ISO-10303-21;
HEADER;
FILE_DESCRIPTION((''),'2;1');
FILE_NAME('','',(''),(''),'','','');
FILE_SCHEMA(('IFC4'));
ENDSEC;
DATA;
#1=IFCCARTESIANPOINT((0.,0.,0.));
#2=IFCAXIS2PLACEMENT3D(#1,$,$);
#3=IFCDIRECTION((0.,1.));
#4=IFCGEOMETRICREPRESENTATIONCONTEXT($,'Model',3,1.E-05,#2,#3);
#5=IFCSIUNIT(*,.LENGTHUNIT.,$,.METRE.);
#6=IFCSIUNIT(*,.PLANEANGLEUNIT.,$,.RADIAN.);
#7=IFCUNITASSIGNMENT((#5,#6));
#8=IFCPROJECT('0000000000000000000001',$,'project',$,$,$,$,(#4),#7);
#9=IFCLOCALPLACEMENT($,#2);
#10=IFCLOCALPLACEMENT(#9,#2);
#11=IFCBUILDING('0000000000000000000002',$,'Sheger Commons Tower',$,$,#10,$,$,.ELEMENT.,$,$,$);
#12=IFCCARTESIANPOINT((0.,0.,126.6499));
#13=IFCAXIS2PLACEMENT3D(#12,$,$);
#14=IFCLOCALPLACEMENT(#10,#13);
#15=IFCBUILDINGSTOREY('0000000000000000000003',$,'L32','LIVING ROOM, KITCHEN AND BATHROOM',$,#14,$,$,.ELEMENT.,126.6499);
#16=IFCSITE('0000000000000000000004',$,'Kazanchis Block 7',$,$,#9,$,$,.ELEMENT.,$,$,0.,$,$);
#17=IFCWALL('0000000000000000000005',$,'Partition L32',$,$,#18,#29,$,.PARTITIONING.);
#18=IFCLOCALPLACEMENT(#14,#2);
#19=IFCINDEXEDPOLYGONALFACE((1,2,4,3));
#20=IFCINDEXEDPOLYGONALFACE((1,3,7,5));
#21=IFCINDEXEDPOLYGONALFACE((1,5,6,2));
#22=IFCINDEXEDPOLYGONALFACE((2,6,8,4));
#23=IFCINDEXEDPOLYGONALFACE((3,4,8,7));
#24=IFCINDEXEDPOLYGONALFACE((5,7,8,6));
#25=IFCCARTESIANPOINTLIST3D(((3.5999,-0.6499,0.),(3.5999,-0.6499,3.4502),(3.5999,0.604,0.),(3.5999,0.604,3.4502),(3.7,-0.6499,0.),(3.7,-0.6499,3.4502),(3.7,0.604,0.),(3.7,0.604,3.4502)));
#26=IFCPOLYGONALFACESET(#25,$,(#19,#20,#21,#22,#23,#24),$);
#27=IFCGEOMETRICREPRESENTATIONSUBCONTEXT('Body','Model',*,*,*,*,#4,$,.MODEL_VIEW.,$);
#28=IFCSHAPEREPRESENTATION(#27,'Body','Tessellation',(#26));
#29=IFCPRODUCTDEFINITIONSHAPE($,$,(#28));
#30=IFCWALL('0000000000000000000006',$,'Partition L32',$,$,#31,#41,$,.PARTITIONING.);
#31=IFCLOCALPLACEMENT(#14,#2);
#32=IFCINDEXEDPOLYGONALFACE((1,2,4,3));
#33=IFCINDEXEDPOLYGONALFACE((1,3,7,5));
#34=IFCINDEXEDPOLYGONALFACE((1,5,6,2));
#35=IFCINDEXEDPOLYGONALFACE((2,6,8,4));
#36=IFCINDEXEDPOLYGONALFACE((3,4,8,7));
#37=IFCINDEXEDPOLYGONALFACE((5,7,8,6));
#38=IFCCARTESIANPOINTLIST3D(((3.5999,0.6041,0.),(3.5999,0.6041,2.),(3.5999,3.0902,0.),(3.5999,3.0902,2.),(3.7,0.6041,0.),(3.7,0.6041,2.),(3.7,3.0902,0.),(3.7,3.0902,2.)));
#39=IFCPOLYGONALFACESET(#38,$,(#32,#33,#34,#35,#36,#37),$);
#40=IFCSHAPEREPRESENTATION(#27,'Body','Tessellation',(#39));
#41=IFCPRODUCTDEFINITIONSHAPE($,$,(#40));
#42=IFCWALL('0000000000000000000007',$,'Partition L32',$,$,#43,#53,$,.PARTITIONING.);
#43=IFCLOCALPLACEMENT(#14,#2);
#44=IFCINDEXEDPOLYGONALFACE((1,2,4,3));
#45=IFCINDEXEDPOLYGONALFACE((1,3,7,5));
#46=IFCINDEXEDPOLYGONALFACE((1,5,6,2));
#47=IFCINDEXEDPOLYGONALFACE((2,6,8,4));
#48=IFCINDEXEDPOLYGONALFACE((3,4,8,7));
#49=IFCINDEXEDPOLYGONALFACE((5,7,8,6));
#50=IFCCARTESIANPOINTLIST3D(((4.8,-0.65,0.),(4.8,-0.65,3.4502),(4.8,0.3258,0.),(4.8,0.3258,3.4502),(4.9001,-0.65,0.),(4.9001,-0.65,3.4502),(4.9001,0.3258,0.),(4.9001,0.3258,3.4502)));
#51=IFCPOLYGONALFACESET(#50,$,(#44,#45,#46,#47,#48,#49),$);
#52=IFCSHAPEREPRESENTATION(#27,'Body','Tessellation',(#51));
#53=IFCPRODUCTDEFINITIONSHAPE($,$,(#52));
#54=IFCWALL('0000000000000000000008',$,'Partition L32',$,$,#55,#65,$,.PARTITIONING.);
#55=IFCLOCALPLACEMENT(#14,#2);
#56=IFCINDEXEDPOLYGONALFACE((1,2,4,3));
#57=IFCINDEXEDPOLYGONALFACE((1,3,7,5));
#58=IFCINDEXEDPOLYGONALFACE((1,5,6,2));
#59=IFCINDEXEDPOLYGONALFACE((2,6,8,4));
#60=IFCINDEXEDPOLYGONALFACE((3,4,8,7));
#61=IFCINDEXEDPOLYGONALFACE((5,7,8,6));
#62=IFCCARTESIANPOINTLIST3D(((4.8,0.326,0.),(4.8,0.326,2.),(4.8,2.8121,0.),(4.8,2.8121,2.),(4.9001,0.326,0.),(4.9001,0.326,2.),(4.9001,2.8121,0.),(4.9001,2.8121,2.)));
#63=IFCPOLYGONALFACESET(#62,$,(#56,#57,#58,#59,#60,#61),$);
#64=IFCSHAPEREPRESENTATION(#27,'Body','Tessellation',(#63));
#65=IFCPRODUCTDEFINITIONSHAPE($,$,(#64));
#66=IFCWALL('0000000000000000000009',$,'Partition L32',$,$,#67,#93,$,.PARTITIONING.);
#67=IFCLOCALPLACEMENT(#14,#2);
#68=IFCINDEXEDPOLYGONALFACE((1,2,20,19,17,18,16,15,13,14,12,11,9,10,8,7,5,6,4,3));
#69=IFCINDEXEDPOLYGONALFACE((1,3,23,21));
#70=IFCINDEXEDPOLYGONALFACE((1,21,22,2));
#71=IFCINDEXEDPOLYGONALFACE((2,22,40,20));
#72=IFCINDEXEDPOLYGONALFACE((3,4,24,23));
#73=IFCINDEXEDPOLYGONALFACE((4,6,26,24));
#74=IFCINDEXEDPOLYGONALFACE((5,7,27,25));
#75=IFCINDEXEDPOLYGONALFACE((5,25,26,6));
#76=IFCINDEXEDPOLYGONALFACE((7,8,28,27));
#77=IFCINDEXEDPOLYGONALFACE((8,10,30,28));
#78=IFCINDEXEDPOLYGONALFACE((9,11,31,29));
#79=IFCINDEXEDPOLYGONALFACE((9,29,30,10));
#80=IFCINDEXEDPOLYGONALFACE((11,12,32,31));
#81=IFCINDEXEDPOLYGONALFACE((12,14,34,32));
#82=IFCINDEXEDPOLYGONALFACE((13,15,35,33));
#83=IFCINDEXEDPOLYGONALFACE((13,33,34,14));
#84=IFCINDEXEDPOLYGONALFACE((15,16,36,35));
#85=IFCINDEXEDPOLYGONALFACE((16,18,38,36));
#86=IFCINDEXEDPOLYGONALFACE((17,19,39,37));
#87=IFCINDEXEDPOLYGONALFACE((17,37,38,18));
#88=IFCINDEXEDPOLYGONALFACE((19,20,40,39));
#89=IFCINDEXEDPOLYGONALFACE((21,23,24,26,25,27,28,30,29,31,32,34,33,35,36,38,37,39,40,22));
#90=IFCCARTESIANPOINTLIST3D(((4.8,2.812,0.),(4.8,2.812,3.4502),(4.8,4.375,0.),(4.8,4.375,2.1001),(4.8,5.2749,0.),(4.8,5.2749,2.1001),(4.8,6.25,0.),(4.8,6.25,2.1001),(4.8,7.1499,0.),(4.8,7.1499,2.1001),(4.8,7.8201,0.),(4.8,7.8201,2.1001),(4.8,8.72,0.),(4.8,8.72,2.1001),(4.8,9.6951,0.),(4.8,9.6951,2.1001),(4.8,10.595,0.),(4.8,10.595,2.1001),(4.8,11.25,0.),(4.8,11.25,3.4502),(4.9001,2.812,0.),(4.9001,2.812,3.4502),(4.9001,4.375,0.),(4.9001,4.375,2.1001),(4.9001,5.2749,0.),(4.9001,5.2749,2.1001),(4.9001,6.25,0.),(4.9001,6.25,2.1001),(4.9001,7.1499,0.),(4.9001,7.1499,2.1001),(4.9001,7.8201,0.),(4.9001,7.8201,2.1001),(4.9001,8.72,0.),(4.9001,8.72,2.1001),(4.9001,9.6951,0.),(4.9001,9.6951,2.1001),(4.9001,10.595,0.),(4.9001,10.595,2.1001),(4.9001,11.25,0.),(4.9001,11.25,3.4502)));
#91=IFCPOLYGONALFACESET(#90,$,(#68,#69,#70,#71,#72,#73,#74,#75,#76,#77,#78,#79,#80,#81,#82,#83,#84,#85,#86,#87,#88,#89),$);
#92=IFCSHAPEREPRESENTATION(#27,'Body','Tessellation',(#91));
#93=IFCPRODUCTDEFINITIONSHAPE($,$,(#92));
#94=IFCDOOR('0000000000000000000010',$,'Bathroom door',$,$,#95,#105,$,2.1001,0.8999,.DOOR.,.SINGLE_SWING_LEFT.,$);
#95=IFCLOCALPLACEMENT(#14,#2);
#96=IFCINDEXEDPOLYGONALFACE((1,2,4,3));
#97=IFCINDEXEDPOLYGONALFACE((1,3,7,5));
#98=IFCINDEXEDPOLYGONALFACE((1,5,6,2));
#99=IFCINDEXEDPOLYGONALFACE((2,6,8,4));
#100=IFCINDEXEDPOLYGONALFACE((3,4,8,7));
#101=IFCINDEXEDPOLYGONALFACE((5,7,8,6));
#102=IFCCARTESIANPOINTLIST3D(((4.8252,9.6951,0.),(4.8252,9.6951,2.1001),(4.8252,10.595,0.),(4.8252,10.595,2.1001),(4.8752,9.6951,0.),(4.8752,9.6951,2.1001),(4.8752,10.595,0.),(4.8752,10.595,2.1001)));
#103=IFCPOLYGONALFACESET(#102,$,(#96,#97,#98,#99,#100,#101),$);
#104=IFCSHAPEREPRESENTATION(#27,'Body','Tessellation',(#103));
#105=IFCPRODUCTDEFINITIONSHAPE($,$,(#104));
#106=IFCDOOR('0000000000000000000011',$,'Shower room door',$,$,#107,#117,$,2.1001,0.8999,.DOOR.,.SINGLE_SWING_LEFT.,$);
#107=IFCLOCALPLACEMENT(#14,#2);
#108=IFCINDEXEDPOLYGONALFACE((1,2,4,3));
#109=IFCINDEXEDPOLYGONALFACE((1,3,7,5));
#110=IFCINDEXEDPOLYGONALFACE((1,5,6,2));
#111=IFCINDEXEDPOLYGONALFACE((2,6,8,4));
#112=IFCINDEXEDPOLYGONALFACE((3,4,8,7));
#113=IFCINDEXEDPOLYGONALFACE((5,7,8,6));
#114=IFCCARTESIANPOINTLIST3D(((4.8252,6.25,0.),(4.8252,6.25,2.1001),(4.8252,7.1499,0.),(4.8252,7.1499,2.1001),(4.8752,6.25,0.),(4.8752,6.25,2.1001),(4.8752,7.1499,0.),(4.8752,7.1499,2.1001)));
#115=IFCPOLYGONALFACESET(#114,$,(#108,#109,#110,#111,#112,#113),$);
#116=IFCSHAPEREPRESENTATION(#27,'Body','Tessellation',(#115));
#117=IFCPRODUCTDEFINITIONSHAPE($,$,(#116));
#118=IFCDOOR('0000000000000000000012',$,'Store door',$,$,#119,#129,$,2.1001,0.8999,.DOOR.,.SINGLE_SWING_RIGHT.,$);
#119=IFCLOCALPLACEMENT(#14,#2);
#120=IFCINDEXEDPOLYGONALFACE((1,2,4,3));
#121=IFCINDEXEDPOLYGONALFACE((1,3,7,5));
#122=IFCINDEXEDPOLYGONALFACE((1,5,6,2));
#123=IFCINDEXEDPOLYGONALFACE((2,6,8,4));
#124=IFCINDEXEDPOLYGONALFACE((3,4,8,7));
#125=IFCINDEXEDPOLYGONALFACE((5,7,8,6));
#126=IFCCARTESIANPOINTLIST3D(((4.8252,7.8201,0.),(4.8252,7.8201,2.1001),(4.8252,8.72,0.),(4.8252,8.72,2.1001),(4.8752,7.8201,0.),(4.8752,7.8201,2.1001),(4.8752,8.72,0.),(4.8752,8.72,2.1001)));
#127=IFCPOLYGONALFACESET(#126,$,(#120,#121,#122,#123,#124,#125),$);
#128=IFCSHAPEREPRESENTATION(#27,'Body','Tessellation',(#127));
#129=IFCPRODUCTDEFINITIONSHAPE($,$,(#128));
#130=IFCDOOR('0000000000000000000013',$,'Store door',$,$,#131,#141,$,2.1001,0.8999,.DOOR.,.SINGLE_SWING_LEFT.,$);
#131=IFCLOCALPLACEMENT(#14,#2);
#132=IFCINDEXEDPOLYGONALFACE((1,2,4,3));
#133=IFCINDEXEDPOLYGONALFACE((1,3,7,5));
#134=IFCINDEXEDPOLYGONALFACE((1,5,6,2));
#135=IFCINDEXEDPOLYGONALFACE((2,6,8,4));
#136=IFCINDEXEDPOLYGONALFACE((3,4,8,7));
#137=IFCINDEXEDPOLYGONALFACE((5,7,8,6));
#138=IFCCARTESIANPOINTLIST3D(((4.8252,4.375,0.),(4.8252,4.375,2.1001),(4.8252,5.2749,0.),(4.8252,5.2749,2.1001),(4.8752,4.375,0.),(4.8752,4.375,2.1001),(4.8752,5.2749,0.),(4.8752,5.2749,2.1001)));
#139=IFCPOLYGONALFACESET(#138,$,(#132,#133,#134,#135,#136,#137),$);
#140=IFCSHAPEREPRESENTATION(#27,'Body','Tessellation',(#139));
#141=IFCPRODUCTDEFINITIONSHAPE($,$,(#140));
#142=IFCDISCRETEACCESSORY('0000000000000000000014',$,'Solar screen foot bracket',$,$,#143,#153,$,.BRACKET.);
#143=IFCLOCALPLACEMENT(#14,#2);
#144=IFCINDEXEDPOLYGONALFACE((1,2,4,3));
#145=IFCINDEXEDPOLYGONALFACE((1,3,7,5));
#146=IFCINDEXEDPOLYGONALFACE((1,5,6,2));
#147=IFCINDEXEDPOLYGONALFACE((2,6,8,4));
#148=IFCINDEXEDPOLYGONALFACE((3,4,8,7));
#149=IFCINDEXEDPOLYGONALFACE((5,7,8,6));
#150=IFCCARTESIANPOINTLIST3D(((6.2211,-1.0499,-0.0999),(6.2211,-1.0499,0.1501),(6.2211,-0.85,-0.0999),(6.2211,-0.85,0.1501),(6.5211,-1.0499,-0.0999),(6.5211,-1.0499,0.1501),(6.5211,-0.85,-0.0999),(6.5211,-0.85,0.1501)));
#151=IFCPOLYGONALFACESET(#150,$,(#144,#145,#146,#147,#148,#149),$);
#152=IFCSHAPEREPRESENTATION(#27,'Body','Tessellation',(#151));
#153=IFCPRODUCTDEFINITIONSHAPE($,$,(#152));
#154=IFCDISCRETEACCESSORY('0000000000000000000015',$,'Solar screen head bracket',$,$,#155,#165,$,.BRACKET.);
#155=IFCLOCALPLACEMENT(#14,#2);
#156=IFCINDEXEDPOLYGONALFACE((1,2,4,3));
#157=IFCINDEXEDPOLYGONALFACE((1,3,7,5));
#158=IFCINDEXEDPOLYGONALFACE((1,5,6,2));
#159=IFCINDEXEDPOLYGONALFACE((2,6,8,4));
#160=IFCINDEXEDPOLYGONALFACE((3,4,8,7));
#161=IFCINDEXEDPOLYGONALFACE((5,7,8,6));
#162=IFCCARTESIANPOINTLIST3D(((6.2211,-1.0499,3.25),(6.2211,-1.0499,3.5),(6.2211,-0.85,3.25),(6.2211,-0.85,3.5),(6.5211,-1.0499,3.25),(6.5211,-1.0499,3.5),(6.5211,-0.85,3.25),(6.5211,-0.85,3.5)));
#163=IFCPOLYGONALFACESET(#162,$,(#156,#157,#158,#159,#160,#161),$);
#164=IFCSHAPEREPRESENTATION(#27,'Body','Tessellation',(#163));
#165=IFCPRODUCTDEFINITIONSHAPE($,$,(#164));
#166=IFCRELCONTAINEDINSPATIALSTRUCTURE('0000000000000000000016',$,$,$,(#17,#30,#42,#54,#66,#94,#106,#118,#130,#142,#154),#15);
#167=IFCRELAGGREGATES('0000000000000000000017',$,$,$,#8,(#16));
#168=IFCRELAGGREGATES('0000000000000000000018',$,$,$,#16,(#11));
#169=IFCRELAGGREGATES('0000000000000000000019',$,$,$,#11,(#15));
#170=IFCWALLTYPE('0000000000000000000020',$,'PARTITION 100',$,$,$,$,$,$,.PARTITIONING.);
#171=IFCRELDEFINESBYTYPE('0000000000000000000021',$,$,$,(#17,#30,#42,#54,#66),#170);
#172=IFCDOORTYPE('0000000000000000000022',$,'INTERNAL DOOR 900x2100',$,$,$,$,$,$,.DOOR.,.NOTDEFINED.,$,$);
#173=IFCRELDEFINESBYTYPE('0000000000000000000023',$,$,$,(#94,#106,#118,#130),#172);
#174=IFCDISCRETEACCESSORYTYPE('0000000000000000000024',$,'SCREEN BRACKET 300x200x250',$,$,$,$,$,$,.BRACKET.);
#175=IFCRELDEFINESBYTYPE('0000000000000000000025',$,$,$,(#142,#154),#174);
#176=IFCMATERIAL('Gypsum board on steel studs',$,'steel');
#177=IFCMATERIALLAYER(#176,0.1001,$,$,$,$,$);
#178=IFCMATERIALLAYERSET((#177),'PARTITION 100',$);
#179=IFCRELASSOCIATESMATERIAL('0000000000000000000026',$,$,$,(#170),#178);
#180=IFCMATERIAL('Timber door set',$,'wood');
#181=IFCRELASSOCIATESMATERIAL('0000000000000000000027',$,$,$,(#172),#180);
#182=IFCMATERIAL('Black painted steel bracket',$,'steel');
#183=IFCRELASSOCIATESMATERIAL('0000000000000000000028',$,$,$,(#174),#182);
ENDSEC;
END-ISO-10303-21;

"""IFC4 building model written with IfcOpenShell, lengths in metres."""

from ifc_helpers import new_model, si_unit, direction, frame, frame_2d, origin, origin_2d, place, context, subcontext, project, spatial, rectangle, extrude, material, layer, layer_set, type_object, element, fill, save


model = new_model("IFC4")

# Units and contexts
model_context = context("Model", 3, precision=1e-05, world=origin(), true_north=direction((0.0, 1.0)))
body_context = subcontext(model_context, "Body", "Model", "MODEL_VIEW")
ifc_project = project(units=[si_unit("LENGTHUNIT", "METRE"), si_unit("PLANEANGLEUNIT", "RADIAN")], contexts=[model_context])

# Site, building, storey
site_placement = place(None, origin())
site = spatial("IfcSite", under=ifc_project, at=site_placement, Name="Kazanchis Block 7", CompositionType="ELEMENT", RefElevation=0.0)
building_placement = place(site_placement, origin())
building = spatial("IfcBuilding", under=site, at=building_placement, Name="Sheger Commons Tower", CompositionType="ELEMENT")
storey_placement = place(building_placement, frame((0.0, 0.0, 126.6499)))
storey = spatial("IfcBuildingStorey", under=building, at=storey_placement, Name="L32", Description="LIVING ROOM, KITCHEN AND BATHROOM", CompositionType="ELEMENT", Elevation=126.6499)

# Walls
ifc_material_1 = material(Name="Gypsum board on steel studs", Category="steel")
ifc_layer_1 = layer(ifc_material_1, 0.1001)
ifc_layer_set_1 = layer_set([ifc_layer_1], Name="PARTITION 100")
wall_type_1 = type_object("IfcWallType", Name="PARTITION 100", PredefinedType="PARTITIONING", material=ifc_layer_set_1)
wall_1_placement = place(storey_placement, frame((3.6499, -0.6499, 0.0), z_axis=(0.0, 0.0, 1.0), x_axis=(0.0, 1.0, 0.0)))
element("IfcWall", 1, at=wall_1_placement, inside=storey, type_object=wall_type_1, Name="Partition L32", PredefinedType="PARTITIONING", context=body_context, shape_type="SweptSolid", body=[
    extrude(rectangle(XDim=1.2539, YDim=0.1001, at=frame_2d((0.627, 0.0))), origin(), (0.0, 0.0, 1.0), 3.4502),
])
wall_2_placement = place(storey_placement, frame((3.6499, 0.604, 0.0), z_axis=(0.0, 0.0, 1.0), x_axis=(0.0, 1.0, 0.0)))
element("IfcWall", 2, at=wall_2_placement, inside=storey, type_object=wall_type_1, Name="Partition L32", PredefinedType="PARTITIONING", context=body_context, shape_type="SweptSolid", body=[
    extrude(rectangle(XDim=2.4861, YDim=0.1001, at=frame_2d((1.2432, 0.0))), origin(), (0.0, 0.0, 1.0), 2.0),
])
wall_3_placement = place(storey_placement, frame((4.8501, -0.6499, 0.0), z_axis=(0.0, 0.0, 1.0), x_axis=(0.0, 1.0, 0.0)))
element("IfcWall", 3, at=wall_3_placement, inside=storey, type_object=wall_type_1, Name="Partition L32", PredefinedType="PARTITIONING", context=body_context, shape_type="SweptSolid", body=[
    extrude(rectangle(XDim=0.9758, YDim=0.1001, at=frame_2d((0.4878, 0.0))), origin(), (0.0, 0.0, 1.0), 3.4502),
])
wall_4_placement = place(storey_placement, frame((4.8501, 0.3259, 0.0), z_axis=(0.0, 0.0, 1.0), x_axis=(0.0, 1.0, 0.0)))
element("IfcWall", 4, at=wall_4_placement, inside=storey, type_object=wall_type_1, Name="Partition L32", PredefinedType="PARTITIONING", context=body_context, shape_type="SweptSolid", body=[
    extrude(rectangle(XDim=2.4861, YDim=0.1001, at=frame_2d((1.2432, 0.0))), origin(), (0.0, 0.0, 1.0), 2.0),
])

# Wall, openings, doors
wall_5_placement = place(storey_placement, frame((4.8501, 2.812, 0.0), z_axis=(0.0, 0.0, 1.0), x_axis=(0.0, 1.0, 0.0)))
wall_5 = element("IfcWall", 5, at=wall_5_placement, inside=storey, type_object=wall_type_1, Name="Partition L32", PredefinedType="PARTITIONING", context=body_context, shape_type="SweptSolid", body=[
    extrude(rectangle(XDim=8.438, YDim=0.1001, at=frame_2d((4.219, 0.0))), origin(), (0.0, 0.0, 1.0), 3.4502),
])
opening_1_placement = place(wall_5_placement, frame((6.8831, 0.0, 0.0)))
opening_1 = element("IfcOpeningElement", 6, at=opening_1_placement, cuts=wall_5, PredefinedType="OPENING", context=body_context, shape_type="SweptSolid", body=[
    extrude(rectangle(XDim=0.8999, YDim=2.1001, at=frame_2d((0.45, 1.05))), frame((0.0, 0.0601, 0.0), z_axis=(0.0, -1.0, 0.0), x_axis=(1.0, 0.0, 0.0)), (0.0, 0.0, 1.0), 0.1201),
])
opening_2_placement = place(wall_5_placement, frame((3.438, 0.0, 0.0)))
opening_2 = element("IfcOpeningElement", 7, at=opening_2_placement, cuts=wall_5, PredefinedType="OPENING", context=body_context, shape_type="SweptSolid", body=[
    extrude(rectangle(XDim=0.8999, YDim=2.1001, at=frame_2d((0.45, 1.05))), frame((0.0, 0.0601, 0.0), z_axis=(0.0, -1.0, 0.0), x_axis=(1.0, 0.0, 0.0)), (0.0, 0.0, 1.0), 0.1201),
])
opening_3_placement = place(wall_5_placement, frame((5.0081, 0.0, 0.0)))
opening_3 = element("IfcOpeningElement", 8, at=opening_3_placement, cuts=wall_5, PredefinedType="OPENING", context=body_context, shape_type="SweptSolid", body=[
    extrude(rectangle(XDim=0.8999, YDim=2.1001, at=frame_2d((0.45, 1.05))), frame((0.0, 0.0601, 0.0), z_axis=(0.0, -1.0, 0.0), x_axis=(1.0, 0.0, 0.0)), (0.0, 0.0, 1.0), 0.1201),
])
opening_4_placement = place(wall_5_placement, frame((1.563, 0.0, 0.0)))
opening_4 = element("IfcOpeningElement", 9, at=opening_4_placement, cuts=wall_5, PredefinedType="OPENING", context=body_context, shape_type="SweptSolid", body=[
    extrude(rectangle(XDim=0.8999, YDim=2.1001, at=frame_2d((0.45, 1.05))), frame((0.0, 0.0601, 0.0), z_axis=(0.0, -1.0, 0.0), x_axis=(1.0, 0.0, 0.0)), (0.0, 0.0, 1.0), 0.1201),
])
ifc_material_2 = material(Name="Timber door set", Category="wood")
door_type = type_object("IfcDoorType", Name="INTERNAL DOOR 900x2100", OperationType="NOTDEFINED", PredefinedType="DOOR", material=ifc_material_2)
door_1_placement = place(opening_1_placement, origin())
door_1 = element("IfcDoor", 10, at=door_1_placement, inside=storey, type_object=door_type, Name="Bathroom door", OperationType="SINGLE_SWING_LEFT", OverallHeight=2.1001, OverallWidth=0.8999, PredefinedType="DOOR", context=body_context, shape_type="SweptSolid", body=[
    extrude(rectangle(XDim=0.8999, YDim=2.1001, at=frame_2d((0.45, 1.05))), frame((0.0, 0.0249, 0.0), z_axis=(0.0, -1.0, 0.0), x_axis=(1.0, 0.0, 0.0)), (0.0, 0.0, 1.0), 0.05),
])
fill(opening_1, door_1)
door_2_placement = place(opening_2_placement, origin())
door_2 = element("IfcDoor", 11, at=door_2_placement, inside=storey, type_object=door_type, Name="Shower room door", OperationType="SINGLE_SWING_LEFT", OverallHeight=2.1001, OverallWidth=0.8999, PredefinedType="DOOR", context=body_context, shape_type="SweptSolid", body=[
    extrude(rectangle(XDim=0.8999, YDim=2.1001, at=frame_2d((0.45, 1.05))), frame((0.0, 0.0249, 0.0), z_axis=(0.0, -1.0, 0.0), x_axis=(1.0, 0.0, 0.0)), (0.0, 0.0, 1.0), 0.05),
])
fill(opening_2, door_2)
door_3_placement = place(opening_3_placement, origin())
door_3 = element("IfcDoor", 12, at=door_3_placement, inside=storey, type_object=door_type, Name="Store door", OperationType="SINGLE_SWING_RIGHT", OverallHeight=2.1001, OverallWidth=0.8999, PredefinedType="DOOR", context=body_context, shape_type="SweptSolid", body=[
    extrude(rectangle(XDim=0.8999, YDim=2.1001, at=frame_2d((0.45, 1.05))), frame((0.0, 0.0249, 0.0), z_axis=(0.0, -1.0, 0.0), x_axis=(1.0, 0.0, 0.0)), (0.0, 0.0, 1.0), 0.05),
])
fill(opening_3, door_3)
door_4_placement = place(opening_4_placement, origin())
door_4 = element("IfcDoor", 13, at=door_4_placement, inside=storey, type_object=door_type, Name="Store door", OperationType="SINGLE_SWING_LEFT", OverallHeight=2.1001, OverallWidth=0.8999, PredefinedType="DOOR", context=body_context, shape_type="SweptSolid", body=[
    extrude(rectangle(XDim=0.8999, YDim=2.1001, at=frame_2d((0.45, 1.05))), frame((0.0, 0.0249, 0.0), z_axis=(0.0, -1.0, 0.0), x_axis=(1.0, 0.0, 0.0)), (0.0, 0.0, 1.0), 0.05),
])
fill(opening_4, door_4)

# Discrete accessories
ifc_material_3 = material(Name="Black painted steel bracket", Category="steel")
discrete_accessory_type = type_object("IfcDiscreteAccessoryType", Name="SCREEN BRACKET 300x200x250", PredefinedType="BRACKET", material=ifc_material_3)
for number, where, z_axis, x_axis, name in (
    (14, (6.3711, -0.95, -0.0999), (0.0, 0.0, 1.0), (1.0, 0.0, 0.0), "Solar screen foot bracket"),
    (15, (6.3711, -0.95, 3.25), (0.0, 0.0, 1.0), (1.0, 0.0, 0.0), "Solar screen head bracket"),
):
    element("IfcDiscreteAccessory", number, at=place(storey_placement, frame(where, z_axis=z_axis, x_axis=x_axis)), inside=storey, type_object=discrete_accessory_type, Name=name, PredefinedType="BRACKET", context=body_context, shape_type="SweptSolid", body=[
        extrude(rectangle(XDim=0.3, YDim=0.2, at=origin_2d()), origin(), (0.0, 0.0, 1.0), 0.25),
    ])

save(model, "model.ifc")
